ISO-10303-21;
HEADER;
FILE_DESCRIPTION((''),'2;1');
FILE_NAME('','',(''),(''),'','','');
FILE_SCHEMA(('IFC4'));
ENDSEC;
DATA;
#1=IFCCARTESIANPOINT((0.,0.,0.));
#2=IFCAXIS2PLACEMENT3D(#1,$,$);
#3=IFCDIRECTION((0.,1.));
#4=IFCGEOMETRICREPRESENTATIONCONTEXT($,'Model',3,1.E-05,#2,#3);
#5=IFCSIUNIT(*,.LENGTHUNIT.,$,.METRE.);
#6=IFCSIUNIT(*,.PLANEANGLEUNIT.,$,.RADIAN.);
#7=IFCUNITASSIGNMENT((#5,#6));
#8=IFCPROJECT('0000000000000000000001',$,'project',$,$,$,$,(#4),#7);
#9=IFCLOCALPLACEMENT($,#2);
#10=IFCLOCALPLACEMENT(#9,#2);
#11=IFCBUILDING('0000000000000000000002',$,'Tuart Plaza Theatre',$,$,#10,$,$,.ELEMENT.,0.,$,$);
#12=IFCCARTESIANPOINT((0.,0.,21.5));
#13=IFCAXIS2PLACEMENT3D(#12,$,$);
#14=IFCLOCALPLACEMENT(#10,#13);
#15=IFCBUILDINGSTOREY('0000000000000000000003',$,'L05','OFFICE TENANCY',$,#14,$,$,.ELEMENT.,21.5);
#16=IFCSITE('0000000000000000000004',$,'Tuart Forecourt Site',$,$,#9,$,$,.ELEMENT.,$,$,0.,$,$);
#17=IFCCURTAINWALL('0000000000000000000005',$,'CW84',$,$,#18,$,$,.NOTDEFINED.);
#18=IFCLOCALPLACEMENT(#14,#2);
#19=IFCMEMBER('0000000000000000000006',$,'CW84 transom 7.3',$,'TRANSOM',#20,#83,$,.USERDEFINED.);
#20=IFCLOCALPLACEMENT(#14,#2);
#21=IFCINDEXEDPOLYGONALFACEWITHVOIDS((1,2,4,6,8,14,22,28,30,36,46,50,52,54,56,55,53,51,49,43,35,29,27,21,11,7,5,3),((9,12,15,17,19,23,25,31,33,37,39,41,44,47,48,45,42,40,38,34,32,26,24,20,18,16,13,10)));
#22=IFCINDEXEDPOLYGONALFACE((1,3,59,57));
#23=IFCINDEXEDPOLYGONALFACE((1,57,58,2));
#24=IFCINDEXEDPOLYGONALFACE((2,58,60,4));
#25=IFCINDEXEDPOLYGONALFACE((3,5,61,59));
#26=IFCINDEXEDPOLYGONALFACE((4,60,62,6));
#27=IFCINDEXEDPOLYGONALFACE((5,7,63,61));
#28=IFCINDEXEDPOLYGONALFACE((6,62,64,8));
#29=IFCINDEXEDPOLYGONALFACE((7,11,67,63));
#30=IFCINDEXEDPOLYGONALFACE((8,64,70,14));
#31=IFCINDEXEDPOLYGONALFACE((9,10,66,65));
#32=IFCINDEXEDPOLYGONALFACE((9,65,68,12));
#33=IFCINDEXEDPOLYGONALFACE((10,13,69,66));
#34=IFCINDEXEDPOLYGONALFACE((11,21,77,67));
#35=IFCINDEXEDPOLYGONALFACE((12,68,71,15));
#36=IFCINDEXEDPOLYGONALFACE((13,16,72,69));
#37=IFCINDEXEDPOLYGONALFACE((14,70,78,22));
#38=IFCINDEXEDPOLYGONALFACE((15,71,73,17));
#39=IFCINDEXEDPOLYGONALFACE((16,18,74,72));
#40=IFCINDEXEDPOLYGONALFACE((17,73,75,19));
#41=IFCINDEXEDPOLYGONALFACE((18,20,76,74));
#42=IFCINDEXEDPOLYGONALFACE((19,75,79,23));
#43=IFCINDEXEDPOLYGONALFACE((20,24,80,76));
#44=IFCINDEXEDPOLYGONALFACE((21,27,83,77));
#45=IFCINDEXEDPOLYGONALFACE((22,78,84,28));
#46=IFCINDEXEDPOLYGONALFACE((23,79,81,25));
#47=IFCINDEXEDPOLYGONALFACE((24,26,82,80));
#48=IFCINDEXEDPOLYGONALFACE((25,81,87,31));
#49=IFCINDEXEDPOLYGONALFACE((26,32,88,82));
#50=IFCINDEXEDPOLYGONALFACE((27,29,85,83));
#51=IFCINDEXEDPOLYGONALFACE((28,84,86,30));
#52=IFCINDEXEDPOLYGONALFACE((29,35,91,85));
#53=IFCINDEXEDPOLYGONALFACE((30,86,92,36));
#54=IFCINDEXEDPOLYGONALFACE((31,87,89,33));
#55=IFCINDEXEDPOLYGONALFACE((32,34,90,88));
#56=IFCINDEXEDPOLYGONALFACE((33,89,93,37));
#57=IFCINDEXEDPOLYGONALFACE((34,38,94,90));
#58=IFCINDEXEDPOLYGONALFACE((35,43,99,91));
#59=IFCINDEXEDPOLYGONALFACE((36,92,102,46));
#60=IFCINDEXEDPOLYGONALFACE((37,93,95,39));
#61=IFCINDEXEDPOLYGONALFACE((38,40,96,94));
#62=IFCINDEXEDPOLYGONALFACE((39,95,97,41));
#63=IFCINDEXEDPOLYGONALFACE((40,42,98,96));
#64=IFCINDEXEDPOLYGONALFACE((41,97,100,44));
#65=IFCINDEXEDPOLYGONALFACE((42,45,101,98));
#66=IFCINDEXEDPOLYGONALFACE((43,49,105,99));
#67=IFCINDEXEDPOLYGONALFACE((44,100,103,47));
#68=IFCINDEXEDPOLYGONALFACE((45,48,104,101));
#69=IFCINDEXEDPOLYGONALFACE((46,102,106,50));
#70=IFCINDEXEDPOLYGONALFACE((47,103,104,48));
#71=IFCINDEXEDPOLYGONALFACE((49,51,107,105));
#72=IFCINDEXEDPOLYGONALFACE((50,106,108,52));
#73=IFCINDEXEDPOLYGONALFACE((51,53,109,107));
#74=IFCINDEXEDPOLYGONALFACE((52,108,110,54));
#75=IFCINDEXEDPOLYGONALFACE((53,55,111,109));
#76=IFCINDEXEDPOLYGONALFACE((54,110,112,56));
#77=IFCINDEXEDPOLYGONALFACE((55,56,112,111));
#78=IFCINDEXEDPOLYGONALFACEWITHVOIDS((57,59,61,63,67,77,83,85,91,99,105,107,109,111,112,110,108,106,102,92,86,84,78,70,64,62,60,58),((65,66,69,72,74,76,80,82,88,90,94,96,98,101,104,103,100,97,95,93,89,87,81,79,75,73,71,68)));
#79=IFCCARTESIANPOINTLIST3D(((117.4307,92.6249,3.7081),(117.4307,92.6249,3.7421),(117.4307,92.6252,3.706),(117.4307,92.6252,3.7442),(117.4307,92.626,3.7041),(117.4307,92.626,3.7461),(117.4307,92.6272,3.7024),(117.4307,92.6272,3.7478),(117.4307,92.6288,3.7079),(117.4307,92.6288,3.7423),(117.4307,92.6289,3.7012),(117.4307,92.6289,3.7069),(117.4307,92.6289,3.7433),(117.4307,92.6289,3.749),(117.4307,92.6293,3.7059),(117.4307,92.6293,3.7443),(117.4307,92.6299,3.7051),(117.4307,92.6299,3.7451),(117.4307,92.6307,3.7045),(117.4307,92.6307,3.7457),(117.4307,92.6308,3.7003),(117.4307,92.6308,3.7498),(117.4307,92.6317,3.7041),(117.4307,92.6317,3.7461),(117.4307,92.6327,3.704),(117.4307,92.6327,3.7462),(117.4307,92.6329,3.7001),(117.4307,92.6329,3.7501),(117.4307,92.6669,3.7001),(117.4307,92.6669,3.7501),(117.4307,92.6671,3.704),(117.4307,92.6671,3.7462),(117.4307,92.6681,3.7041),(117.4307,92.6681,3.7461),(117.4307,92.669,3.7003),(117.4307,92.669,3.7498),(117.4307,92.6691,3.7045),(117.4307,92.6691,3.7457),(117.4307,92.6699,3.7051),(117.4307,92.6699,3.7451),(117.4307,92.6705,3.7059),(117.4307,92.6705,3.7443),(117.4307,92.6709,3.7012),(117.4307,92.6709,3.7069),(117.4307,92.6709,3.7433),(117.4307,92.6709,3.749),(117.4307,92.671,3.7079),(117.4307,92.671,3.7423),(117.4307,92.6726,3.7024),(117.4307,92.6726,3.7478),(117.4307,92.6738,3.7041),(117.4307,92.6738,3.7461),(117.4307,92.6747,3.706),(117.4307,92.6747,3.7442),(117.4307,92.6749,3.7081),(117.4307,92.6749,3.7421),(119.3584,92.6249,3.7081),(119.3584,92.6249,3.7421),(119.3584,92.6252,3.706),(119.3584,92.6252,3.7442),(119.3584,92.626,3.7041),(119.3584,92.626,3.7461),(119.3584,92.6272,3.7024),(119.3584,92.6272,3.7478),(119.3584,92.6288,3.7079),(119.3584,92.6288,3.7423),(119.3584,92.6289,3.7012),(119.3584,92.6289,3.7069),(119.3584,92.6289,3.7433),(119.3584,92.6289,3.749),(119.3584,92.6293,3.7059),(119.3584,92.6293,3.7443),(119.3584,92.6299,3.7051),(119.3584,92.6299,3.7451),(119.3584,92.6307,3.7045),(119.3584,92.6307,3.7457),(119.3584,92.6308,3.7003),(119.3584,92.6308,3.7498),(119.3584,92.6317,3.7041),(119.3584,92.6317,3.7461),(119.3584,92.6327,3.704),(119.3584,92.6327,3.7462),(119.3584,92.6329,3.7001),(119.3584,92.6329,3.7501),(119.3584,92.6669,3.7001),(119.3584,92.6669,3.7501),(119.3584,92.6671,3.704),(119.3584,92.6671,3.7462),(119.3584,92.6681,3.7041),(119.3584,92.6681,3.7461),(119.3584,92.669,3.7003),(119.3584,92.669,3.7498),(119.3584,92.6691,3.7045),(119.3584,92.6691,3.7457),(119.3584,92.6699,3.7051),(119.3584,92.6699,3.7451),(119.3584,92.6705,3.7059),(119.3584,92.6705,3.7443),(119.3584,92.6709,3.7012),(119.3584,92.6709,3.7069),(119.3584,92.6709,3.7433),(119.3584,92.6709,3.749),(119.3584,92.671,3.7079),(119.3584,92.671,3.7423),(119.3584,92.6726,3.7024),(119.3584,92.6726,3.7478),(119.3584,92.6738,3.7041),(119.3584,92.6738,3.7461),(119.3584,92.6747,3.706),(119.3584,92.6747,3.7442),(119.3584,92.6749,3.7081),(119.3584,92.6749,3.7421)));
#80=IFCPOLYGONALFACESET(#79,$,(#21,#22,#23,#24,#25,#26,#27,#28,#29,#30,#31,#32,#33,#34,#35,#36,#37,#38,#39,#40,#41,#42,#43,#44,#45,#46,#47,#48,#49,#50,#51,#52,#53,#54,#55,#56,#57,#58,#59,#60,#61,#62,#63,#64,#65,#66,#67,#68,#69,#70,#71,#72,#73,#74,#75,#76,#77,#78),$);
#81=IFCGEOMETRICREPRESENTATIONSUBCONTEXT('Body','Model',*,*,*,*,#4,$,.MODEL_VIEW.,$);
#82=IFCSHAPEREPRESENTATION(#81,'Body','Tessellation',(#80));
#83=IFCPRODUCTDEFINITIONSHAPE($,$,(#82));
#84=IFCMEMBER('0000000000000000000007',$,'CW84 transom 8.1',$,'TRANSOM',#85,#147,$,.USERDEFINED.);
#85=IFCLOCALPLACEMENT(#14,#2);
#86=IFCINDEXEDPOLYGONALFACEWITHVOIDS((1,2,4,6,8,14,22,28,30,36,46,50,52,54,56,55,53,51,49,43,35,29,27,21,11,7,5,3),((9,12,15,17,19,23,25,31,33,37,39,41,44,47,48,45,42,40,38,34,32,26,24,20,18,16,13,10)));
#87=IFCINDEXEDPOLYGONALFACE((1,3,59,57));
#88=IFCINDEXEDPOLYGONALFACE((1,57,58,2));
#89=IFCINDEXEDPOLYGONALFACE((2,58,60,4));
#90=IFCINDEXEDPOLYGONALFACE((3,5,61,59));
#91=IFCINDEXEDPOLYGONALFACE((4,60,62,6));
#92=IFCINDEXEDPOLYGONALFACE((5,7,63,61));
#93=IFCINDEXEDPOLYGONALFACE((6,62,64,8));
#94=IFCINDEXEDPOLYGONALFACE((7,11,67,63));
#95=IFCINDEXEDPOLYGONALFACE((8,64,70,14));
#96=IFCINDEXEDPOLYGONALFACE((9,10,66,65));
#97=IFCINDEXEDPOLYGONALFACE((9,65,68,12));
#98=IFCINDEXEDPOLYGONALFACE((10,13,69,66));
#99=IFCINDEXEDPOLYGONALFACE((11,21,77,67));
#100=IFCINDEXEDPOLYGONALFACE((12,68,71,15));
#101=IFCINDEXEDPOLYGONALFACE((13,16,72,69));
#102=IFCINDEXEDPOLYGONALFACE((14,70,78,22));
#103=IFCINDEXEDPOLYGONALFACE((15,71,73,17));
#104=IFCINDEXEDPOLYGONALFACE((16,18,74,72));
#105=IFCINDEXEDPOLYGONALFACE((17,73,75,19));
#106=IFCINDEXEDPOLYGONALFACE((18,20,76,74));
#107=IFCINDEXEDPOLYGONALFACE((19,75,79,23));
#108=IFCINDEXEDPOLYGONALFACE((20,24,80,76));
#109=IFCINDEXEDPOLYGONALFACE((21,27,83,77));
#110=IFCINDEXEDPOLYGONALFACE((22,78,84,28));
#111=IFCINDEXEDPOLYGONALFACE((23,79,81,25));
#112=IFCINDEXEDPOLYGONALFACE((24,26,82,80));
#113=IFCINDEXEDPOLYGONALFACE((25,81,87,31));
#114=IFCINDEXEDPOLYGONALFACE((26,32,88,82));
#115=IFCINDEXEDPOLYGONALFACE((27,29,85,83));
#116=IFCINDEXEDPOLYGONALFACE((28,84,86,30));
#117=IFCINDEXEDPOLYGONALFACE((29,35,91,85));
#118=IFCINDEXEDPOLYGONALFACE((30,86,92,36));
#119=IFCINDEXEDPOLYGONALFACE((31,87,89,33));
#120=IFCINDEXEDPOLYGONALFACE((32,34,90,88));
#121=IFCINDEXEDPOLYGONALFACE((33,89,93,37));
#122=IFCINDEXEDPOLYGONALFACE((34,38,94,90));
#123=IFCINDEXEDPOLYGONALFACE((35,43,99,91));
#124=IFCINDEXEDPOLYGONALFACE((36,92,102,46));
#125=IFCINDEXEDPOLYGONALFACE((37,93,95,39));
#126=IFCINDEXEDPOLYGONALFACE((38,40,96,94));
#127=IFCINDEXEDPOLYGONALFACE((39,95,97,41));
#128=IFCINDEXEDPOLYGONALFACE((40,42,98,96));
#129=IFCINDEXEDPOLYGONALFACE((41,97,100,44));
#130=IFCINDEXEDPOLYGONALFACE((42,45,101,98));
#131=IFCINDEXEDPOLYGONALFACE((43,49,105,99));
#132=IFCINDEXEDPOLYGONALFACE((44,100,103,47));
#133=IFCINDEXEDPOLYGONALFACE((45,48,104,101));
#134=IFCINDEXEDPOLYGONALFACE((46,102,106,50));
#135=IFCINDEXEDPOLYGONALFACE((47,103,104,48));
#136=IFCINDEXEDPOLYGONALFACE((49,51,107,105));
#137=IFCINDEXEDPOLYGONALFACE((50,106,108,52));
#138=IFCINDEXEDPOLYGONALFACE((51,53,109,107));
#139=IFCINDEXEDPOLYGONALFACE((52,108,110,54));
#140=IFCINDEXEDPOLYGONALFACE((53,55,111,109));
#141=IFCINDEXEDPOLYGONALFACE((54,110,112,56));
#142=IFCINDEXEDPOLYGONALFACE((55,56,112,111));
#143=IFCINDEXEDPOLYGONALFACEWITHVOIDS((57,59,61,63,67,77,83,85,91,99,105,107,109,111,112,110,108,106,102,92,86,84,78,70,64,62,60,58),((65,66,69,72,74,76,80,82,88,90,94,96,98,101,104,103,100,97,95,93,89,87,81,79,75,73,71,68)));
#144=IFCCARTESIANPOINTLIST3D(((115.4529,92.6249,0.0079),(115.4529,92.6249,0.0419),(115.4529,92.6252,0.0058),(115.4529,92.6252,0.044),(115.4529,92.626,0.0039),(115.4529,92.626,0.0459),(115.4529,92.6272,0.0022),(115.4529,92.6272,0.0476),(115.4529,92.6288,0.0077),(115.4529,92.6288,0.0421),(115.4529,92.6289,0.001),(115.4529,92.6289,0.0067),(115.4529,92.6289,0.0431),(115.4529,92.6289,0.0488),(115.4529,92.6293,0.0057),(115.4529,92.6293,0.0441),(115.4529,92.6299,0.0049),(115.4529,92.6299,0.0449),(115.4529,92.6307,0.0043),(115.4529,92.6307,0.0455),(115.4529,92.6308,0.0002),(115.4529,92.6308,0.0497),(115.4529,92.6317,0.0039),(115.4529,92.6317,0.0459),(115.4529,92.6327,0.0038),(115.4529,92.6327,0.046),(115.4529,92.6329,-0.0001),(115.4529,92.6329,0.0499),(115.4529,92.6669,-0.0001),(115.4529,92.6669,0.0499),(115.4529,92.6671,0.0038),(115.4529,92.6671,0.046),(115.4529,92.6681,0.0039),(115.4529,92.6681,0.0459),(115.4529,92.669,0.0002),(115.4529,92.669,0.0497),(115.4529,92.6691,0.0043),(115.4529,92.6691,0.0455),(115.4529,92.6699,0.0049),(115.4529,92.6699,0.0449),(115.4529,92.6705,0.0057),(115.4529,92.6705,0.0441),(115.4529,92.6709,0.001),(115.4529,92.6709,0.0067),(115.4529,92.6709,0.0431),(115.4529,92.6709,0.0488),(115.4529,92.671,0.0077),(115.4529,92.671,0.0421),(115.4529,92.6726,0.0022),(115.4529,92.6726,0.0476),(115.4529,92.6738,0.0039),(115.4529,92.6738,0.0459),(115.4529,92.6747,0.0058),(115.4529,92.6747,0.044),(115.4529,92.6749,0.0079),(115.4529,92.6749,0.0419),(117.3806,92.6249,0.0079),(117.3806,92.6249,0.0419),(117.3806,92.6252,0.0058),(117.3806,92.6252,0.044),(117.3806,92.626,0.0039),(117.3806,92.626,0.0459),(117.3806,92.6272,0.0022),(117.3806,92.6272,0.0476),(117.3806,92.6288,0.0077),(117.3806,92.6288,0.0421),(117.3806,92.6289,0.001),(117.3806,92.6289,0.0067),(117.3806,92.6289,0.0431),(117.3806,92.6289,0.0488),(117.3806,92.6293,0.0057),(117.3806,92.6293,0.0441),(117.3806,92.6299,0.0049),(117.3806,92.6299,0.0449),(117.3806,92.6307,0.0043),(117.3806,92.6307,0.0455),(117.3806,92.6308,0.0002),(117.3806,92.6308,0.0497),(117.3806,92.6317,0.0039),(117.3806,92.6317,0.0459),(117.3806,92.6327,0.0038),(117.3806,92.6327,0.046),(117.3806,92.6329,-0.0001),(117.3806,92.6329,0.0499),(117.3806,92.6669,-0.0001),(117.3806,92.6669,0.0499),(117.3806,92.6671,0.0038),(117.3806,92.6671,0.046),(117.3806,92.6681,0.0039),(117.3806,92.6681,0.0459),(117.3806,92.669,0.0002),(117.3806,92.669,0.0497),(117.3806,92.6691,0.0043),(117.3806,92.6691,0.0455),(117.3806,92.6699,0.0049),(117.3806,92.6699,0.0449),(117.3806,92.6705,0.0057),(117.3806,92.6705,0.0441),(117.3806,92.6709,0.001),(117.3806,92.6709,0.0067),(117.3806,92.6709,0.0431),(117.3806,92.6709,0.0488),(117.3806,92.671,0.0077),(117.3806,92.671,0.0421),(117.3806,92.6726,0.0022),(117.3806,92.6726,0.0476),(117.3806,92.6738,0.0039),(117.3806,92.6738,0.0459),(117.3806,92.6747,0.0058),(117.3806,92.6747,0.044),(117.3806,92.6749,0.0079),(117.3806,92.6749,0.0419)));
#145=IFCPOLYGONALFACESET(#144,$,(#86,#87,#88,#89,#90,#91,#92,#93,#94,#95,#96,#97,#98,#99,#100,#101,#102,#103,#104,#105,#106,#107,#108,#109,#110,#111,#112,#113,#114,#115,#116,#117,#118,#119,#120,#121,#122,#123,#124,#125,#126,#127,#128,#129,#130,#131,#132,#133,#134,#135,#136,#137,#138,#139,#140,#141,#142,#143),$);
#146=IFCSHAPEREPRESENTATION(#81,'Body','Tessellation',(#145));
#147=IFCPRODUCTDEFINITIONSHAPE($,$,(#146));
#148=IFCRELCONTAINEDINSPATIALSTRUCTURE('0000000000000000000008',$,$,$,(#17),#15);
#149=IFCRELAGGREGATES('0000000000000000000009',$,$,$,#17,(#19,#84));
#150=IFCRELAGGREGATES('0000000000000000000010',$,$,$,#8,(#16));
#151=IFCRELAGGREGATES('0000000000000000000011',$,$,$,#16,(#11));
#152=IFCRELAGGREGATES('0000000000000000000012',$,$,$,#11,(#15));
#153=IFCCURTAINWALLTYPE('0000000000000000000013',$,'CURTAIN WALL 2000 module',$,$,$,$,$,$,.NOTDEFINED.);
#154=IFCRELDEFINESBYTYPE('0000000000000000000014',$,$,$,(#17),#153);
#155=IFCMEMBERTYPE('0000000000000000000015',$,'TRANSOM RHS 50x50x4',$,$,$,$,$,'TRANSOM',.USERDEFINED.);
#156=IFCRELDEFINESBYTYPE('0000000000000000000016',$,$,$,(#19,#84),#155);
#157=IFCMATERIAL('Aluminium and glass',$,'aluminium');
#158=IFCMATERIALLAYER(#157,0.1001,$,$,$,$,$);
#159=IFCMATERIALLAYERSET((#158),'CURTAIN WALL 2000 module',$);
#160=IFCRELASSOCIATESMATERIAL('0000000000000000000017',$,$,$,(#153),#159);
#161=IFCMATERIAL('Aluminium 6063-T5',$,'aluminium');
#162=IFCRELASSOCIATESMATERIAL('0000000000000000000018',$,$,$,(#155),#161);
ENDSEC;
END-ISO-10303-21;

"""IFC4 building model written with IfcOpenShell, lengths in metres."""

from ifc_helpers import new_model, si_unit, direction, frame, origin, origin_2d, place, context, subcontext, project, spatial, hollow_rectangle, extrude, material, layer, layer_set, material_profile, profile_set, type_object, element, aggregate, save


model = new_model("IFC4")

# Units and contexts
model_context = context("Model", 3, precision=1e-05, world=origin(), true_north=direction((0.0, 1.0)))
body_context = subcontext(model_context, "Body", "Model", "MODEL_VIEW")
ifc_project = project(units=[si_unit("LENGTHUNIT", "METRE"), si_unit("PLANEANGLEUNIT", "RADIAN")], contexts=[model_context])

# Site, building, storey
site_placement = place(None, origin())
site = spatial("IfcSite", under=ifc_project, at=site_placement, Name="Tuart Forecourt Site", CompositionType="ELEMENT", RefElevation=0.0)
building_placement = place(site_placement, origin())
building = spatial("IfcBuilding", under=site, at=building_placement, Name="Tuart Plaza Theatre", CompositionType="ELEMENT", ElevationOfRefHeight=0.0)
storey_placement = place(building_placement, frame((0.0, 0.0, 21.5)))
storey = spatial("IfcBuildingStorey", under=building, at=storey_placement, Name="L05", Description="OFFICE TENANCY", CompositionType="ELEMENT", Elevation=21.5)

# Curtain wall, members
ifc_material_1 = material(Name="Aluminium and glass", Category="aluminium")
ifc_layer_1 = layer(ifc_material_1, 0.1001)
ifc_layer_set_1 = layer_set([ifc_layer_1], Name="CURTAIN WALL 2000 module")
curtain_wall_type = type_object("IfcCurtainWallType", Name="CURTAIN WALL 2000 module", PredefinedType="NOTDEFINED", material=ifc_layer_set_1)
curtain_wall_placement = place(storey_placement, origin())
curtain_wall = element("IfcCurtainWall", 1, at=curtain_wall_placement, inside=storey, type_object=curtain_wall_type, Name="CW84", PredefinedType="NOTDEFINED")
ifc_material_2 = material(Name="Aluminium 6063-T5", Category="aluminium")
ifc_material_profile_1 = material_profile(ifc_material_2, hollow_rectangle(XDim=0.05, YDim=0.05, WallThickness=0.0039, InnerFilletRadius=0.0039, OuterFilletRadius=0.0081, at=origin_2d()), Name="RHS 50x50x4")
ifc_profile_set_1 = profile_set([ifc_material_profile_1], Name="Aluminium 6063-T5")
member_type_1 = type_object("IfcMemberType", Name="TRANSOM RHS 50x50x4", ElementType="TRANSOM", PredefinedType="USERDEFINED", material=ifc_profile_set_1)
member_1_placement = place(storey_placement, frame((119.3584, 92.6499, 3.7251), z_axis=(-1.0, 0.0, 0.0), x_axis=(0.0, -1.0, 0.0)))
member_1 = element("IfcMember", 2, at=member_1_placement, type_object=member_type_1, Name="CW84 transom 7.3", ObjectType="TRANSOM", PredefinedType="USERDEFINED", context=body_context, shape_type="SweptSolid", body=[
    extrude(hollow_rectangle(XDim=0.05, YDim=0.05, WallThickness=0.0039, InnerFilletRadius=0.0039, OuterFilletRadius=0.0081, at=origin_2d()), origin(), (0.0, 0.0, 1.0), 1.9277),
])
member_2_placement = place(storey_placement, frame((117.3806, 92.6499, 0.0249), z_axis=(-1.0, 0.0, 0.0), x_axis=(0.0, -1.0, 0.0)))
member_2 = element("IfcMember", 3, at=member_2_placement, type_object=member_type_1, Name="CW84 transom 8.1", ObjectType="TRANSOM", PredefinedType="USERDEFINED", context=body_context, shape_type="SweptSolid", body=[
    extrude(hollow_rectangle(XDim=0.05, YDim=0.05, WallThickness=0.0039, InnerFilletRadius=0.0039, OuterFilletRadius=0.0081, at=origin_2d()), origin(), (0.0, 0.0, 1.0), 1.9277),
])
aggregate(curtain_wall, [member_1, member_2])

save(model, "model.ifc")
